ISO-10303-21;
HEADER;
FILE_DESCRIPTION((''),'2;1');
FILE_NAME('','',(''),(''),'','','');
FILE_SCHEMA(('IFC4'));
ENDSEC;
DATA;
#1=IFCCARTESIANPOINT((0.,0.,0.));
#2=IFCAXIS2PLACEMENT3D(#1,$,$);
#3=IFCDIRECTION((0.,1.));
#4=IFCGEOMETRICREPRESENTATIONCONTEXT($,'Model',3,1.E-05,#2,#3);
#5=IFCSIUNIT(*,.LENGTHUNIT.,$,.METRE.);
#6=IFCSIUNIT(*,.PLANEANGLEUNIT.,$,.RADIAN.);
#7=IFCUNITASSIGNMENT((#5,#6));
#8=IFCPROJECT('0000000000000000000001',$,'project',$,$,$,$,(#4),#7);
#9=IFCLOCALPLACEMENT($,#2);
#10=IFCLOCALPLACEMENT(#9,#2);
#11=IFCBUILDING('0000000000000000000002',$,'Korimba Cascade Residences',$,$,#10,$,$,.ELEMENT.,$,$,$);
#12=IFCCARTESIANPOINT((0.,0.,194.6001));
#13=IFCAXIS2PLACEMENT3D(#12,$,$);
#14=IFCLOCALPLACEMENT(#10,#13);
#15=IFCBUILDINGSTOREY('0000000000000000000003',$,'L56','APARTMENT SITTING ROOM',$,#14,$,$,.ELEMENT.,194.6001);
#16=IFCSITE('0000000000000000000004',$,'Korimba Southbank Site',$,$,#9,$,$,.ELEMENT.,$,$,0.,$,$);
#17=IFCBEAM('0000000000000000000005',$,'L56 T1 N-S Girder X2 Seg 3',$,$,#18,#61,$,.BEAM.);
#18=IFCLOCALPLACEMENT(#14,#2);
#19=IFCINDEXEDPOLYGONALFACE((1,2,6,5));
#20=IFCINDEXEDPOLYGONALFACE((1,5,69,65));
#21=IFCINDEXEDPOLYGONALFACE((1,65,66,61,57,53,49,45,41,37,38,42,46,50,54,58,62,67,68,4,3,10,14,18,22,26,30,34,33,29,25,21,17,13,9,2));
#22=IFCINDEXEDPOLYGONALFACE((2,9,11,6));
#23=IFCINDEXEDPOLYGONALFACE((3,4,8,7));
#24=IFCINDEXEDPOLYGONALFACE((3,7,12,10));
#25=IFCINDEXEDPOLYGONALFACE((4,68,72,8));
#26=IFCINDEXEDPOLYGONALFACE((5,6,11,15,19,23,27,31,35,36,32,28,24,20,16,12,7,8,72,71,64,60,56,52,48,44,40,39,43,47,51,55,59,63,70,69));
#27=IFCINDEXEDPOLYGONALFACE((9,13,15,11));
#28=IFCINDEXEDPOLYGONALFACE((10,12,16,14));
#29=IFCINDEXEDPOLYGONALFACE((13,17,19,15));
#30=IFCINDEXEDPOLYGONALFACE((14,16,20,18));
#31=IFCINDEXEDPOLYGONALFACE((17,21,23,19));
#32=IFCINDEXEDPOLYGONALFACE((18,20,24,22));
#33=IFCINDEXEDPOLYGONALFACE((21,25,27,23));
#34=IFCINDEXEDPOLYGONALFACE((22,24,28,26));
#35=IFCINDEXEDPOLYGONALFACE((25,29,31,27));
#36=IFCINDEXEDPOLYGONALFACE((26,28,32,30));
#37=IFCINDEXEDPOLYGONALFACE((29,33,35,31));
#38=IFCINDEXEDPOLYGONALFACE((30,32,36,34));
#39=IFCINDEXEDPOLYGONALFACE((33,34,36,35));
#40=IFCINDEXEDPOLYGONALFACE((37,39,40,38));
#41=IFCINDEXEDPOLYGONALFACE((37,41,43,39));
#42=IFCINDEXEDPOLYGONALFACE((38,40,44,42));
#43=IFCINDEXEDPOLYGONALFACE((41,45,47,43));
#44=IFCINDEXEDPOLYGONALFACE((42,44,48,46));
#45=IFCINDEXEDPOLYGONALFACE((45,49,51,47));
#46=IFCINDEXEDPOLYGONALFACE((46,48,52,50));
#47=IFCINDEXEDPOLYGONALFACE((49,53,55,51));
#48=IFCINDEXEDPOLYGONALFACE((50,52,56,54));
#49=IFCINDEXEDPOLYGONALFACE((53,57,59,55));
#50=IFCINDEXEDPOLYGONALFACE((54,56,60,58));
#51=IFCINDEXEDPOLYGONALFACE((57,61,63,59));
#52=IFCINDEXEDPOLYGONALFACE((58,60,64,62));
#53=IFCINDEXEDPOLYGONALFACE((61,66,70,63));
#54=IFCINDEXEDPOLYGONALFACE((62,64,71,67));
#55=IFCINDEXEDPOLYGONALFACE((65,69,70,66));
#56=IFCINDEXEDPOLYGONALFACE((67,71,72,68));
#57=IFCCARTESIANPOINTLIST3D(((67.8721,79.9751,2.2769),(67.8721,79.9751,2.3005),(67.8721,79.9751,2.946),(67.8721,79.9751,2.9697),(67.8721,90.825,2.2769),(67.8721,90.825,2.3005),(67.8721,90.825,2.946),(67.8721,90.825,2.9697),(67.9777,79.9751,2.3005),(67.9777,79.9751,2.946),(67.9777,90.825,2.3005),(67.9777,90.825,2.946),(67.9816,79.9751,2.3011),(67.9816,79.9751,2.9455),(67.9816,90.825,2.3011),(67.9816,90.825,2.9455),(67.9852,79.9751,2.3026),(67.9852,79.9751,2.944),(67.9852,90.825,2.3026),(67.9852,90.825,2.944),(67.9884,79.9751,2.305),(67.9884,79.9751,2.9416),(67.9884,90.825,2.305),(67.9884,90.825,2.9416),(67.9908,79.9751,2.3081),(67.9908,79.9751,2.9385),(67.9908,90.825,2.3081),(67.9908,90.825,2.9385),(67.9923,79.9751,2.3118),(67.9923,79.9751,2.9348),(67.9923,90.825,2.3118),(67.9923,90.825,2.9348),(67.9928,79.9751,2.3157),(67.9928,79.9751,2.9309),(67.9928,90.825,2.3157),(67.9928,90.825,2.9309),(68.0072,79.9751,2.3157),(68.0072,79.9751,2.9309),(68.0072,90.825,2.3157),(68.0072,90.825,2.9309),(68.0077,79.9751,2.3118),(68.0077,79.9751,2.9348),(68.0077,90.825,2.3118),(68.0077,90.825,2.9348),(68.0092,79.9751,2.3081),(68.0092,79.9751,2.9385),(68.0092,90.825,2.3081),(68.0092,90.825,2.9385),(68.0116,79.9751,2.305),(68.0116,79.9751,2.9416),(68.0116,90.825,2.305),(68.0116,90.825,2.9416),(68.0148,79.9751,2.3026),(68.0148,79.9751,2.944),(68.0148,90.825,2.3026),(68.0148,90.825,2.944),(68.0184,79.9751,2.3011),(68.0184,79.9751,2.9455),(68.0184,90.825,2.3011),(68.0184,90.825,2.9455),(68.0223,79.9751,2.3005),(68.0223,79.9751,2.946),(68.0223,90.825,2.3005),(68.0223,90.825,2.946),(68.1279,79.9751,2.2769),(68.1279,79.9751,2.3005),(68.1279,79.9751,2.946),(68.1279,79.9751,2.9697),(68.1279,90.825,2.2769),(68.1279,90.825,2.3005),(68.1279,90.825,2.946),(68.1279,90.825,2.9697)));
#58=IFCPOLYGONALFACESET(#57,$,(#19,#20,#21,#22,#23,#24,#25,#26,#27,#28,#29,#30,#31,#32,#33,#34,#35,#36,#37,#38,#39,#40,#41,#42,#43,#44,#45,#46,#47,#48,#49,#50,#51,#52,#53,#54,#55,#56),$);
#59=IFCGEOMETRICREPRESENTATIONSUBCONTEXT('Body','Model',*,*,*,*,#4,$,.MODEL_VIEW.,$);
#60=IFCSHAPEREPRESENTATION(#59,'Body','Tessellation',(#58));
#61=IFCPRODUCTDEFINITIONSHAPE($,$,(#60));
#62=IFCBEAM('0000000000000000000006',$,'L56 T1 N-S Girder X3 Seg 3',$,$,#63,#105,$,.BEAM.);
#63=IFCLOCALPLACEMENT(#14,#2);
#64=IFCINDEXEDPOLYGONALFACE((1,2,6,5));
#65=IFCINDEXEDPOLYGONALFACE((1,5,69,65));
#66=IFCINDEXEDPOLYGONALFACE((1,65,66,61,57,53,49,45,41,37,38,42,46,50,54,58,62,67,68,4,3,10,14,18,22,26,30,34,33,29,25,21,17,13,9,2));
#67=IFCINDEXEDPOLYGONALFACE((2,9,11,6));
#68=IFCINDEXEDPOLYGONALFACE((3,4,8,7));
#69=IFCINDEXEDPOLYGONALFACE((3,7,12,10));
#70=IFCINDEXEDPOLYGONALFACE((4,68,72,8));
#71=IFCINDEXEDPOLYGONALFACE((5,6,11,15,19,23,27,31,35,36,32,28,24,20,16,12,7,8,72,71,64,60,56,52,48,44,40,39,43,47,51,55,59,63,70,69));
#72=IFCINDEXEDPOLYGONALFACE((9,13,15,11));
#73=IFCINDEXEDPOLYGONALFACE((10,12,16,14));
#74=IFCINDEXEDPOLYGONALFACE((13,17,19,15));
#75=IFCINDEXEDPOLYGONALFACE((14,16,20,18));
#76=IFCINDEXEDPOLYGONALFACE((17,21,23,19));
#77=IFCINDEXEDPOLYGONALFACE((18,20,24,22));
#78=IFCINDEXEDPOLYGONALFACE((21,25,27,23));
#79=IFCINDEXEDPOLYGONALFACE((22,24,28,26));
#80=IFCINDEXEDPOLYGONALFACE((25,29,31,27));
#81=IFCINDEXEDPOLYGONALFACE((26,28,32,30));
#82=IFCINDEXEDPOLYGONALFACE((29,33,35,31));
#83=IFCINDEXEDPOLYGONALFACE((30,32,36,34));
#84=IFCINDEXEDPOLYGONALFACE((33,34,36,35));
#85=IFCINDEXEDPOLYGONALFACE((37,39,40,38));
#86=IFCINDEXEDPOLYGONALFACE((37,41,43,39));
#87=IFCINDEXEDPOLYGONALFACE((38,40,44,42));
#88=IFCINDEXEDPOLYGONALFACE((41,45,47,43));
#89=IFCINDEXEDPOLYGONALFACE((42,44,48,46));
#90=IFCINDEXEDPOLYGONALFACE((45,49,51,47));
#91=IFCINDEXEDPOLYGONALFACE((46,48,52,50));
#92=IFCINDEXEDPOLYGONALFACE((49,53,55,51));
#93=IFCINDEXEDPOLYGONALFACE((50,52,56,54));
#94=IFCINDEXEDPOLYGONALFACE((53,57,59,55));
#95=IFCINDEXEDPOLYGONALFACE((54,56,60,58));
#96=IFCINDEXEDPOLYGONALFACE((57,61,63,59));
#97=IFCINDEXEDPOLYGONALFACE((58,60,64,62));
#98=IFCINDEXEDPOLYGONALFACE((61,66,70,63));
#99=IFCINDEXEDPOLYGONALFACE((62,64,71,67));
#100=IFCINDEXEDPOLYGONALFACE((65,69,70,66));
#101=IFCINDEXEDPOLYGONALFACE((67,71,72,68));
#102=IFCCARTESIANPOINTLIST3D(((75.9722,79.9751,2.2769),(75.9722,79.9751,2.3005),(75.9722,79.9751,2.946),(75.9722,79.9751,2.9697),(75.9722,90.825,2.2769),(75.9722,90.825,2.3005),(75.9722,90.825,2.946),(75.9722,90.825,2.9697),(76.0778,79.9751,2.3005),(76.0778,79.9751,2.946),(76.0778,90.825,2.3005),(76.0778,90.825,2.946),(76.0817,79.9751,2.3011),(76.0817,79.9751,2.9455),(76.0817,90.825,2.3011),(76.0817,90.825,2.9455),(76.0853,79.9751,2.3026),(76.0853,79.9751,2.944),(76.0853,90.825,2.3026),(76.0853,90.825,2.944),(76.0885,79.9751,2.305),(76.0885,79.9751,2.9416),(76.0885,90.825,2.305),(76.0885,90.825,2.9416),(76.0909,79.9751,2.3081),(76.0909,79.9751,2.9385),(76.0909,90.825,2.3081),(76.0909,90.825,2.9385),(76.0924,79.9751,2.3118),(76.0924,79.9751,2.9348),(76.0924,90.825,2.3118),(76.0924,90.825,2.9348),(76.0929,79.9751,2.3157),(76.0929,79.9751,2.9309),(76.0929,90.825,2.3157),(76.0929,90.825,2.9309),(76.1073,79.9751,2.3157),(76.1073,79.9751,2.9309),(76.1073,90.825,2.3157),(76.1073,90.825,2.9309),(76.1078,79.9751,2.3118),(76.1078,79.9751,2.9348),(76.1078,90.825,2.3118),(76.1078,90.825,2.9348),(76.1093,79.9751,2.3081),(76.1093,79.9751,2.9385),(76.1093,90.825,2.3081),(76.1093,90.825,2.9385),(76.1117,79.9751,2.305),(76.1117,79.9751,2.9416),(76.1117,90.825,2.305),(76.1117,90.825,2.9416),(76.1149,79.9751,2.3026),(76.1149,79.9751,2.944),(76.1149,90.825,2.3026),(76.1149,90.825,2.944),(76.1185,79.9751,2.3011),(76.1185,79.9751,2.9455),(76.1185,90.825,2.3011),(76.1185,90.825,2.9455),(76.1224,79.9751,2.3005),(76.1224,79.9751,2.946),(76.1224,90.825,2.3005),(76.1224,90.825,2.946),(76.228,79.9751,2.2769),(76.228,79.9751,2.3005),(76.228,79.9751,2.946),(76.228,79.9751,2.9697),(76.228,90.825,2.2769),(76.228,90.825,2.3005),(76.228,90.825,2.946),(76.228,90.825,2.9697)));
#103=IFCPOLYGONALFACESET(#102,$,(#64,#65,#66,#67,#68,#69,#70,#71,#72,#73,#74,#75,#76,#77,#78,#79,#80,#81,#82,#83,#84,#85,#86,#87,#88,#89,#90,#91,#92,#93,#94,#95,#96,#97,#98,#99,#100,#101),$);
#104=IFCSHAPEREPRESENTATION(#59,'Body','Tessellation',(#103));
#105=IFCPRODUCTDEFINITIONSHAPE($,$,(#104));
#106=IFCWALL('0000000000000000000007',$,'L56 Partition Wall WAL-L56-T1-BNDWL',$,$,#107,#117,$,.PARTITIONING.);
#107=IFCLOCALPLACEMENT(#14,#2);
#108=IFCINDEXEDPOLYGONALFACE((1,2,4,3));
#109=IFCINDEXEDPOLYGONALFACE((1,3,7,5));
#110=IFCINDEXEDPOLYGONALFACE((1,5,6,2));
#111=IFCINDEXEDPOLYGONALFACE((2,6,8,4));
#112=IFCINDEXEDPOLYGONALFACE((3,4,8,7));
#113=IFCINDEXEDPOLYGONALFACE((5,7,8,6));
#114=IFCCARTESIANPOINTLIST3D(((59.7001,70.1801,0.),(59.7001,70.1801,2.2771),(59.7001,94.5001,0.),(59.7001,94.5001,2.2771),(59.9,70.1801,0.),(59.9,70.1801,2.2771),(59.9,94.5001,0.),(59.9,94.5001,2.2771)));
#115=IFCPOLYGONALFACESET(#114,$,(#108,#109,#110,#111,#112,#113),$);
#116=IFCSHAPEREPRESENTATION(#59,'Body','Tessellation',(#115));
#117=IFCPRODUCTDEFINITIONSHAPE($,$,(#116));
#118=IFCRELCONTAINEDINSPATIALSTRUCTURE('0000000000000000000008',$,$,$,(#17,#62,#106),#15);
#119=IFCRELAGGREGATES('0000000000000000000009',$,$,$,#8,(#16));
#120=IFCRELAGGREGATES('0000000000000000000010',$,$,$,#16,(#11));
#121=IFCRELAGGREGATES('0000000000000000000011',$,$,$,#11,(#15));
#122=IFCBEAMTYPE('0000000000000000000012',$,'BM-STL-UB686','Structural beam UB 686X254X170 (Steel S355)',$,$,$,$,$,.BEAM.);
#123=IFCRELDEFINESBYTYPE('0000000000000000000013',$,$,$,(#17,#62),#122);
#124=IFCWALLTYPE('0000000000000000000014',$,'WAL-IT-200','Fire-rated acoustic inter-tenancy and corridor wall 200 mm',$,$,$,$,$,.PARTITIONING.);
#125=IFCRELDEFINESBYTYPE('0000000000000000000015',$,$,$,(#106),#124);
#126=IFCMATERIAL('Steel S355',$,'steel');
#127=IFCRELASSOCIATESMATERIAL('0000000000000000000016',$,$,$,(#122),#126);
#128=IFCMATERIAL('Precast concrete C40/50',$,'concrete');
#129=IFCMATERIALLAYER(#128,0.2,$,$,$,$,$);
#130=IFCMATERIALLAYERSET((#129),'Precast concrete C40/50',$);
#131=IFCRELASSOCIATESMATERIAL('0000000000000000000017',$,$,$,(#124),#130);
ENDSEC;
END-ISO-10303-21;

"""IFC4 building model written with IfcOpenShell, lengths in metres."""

from ifc_helpers import new_model, si_unit, direction, frame, frame_2d, origin, origin_2d, place, context, subcontext, project, spatial, rectangle, i_section, extrude, material, layer, layer_set, material_profile, profile_set, type_object, element, save


model = new_model("IFC4")

# Units and contexts
model_context = context("Model", 3, precision=1e-05, world=origin(), true_north=direction((0.0, 1.0)))
body_context = subcontext(model_context, "Body", "Model", "MODEL_VIEW")
ifc_project = project(units=[si_unit("LENGTHUNIT", "METRE"), si_unit("PLANEANGLEUNIT", "RADIAN")], contexts=[model_context])

# Site, building, storey
site_placement = place(None, origin())
site = spatial("IfcSite", under=ifc_project, at=site_placement, Name="Korimba Southbank Site", CompositionType="ELEMENT", RefElevation=0.0)
building_placement = place(site_placement, origin())
building = spatial("IfcBuilding", under=site, at=building_placement, Name="Korimba Cascade Residences", CompositionType="ELEMENT")
storey_placement = place(building_placement, frame((0.0, 0.0, 194.6001)))
storey = spatial("IfcBuildingStorey", under=building, at=storey_placement, Name="L56", Description="APARTMENT SITTING ROOM", CompositionType="ELEMENT", Elevation=194.6001)

# Beams
ifc_material_1 = material(Name="Steel S355", Category="steel")
ifc_material_profile_1 = material_profile(ifc_material_1, i_section(OverallWidth=0.2559, OverallDepth=0.6929, WebThickness=0.0144, FlangeThickness=0.0237, FilletRadius=0.0151, at=origin_2d()), Name="Steel S355")
ifc_profile_set_1 = profile_set([ifc_material_profile_1], Name="Steel S355")
beam_type_1 = type_object("IfcBeamType", Name="BM-STL-UB686", Description="Structural beam UB 686X254X170 (Steel S355)", PredefinedType="BEAM", material=ifc_profile_set_1)
for number, where, z_axis, x_axis, name in (
    (1, (68.0, 79.9751, 2.6233), (0.0, 1.0, 0.0), (-1.0, 0.0, 0.0), "L56 T1 N-S Girder X2 Seg 3"),
    (2, (76.1001, 79.9751, 2.6233), (0.0, 1.0, 0.0), (-1.0, 0.0, 0.0), "L56 T1 N-S Girder X3 Seg 3"),
):
    element("IfcBeam", number, at=place(storey_placement, frame(where, z_axis=z_axis, x_axis=x_axis)), inside=storey, type_object=beam_type_1, Name=name, PredefinedType="BEAM", context=body_context, shape_type="SweptSolid", body=[
        extrude(i_section(OverallWidth=0.2559, OverallDepth=0.6929, WebThickness=0.0144, FlangeThickness=0.0237, FilletRadius=0.0151, at=origin_2d()), origin(), (0.0, 0.0, 1.0), 10.8499),
    ])

# Wall
ifc_material_2 = material(Name="Precast concrete C40/50", Category="concrete")
ifc_layer_1 = layer(ifc_material_2, 0.2)
ifc_layer_set_1 = layer_set([ifc_layer_1], Name="Precast concrete C40/50")
wall_type_1 = type_object("IfcWallType", Name="WAL-IT-200", Description="Fire-rated acoustic inter-tenancy and corridor wall 200 mm", PredefinedType="PARTITIONING", material=ifc_layer_set_1)
wall_1_placement = place(storey_placement, frame((59.8, 70.1799, 0.0), z_axis=(0.0, 0.0, 1.0), x_axis=(0.0, 1.0, 0.0)))
element("IfcWall", 3, at=wall_1_placement, inside=storey, type_object=wall_type_1, Name="L56 Partition Wall WAL-L56-T1-BNDWL", PredefinedType="PARTITIONING", context=body_context, shape_type="SweptSolid", body=[
    extrude(rectangle(XDim=24.3201, YDim=0.2, at=frame_2d((12.1602, 0.0))), origin(), (0.0, 0.0, 1.0), 2.2771),
])

save(model, "model.ifc")
